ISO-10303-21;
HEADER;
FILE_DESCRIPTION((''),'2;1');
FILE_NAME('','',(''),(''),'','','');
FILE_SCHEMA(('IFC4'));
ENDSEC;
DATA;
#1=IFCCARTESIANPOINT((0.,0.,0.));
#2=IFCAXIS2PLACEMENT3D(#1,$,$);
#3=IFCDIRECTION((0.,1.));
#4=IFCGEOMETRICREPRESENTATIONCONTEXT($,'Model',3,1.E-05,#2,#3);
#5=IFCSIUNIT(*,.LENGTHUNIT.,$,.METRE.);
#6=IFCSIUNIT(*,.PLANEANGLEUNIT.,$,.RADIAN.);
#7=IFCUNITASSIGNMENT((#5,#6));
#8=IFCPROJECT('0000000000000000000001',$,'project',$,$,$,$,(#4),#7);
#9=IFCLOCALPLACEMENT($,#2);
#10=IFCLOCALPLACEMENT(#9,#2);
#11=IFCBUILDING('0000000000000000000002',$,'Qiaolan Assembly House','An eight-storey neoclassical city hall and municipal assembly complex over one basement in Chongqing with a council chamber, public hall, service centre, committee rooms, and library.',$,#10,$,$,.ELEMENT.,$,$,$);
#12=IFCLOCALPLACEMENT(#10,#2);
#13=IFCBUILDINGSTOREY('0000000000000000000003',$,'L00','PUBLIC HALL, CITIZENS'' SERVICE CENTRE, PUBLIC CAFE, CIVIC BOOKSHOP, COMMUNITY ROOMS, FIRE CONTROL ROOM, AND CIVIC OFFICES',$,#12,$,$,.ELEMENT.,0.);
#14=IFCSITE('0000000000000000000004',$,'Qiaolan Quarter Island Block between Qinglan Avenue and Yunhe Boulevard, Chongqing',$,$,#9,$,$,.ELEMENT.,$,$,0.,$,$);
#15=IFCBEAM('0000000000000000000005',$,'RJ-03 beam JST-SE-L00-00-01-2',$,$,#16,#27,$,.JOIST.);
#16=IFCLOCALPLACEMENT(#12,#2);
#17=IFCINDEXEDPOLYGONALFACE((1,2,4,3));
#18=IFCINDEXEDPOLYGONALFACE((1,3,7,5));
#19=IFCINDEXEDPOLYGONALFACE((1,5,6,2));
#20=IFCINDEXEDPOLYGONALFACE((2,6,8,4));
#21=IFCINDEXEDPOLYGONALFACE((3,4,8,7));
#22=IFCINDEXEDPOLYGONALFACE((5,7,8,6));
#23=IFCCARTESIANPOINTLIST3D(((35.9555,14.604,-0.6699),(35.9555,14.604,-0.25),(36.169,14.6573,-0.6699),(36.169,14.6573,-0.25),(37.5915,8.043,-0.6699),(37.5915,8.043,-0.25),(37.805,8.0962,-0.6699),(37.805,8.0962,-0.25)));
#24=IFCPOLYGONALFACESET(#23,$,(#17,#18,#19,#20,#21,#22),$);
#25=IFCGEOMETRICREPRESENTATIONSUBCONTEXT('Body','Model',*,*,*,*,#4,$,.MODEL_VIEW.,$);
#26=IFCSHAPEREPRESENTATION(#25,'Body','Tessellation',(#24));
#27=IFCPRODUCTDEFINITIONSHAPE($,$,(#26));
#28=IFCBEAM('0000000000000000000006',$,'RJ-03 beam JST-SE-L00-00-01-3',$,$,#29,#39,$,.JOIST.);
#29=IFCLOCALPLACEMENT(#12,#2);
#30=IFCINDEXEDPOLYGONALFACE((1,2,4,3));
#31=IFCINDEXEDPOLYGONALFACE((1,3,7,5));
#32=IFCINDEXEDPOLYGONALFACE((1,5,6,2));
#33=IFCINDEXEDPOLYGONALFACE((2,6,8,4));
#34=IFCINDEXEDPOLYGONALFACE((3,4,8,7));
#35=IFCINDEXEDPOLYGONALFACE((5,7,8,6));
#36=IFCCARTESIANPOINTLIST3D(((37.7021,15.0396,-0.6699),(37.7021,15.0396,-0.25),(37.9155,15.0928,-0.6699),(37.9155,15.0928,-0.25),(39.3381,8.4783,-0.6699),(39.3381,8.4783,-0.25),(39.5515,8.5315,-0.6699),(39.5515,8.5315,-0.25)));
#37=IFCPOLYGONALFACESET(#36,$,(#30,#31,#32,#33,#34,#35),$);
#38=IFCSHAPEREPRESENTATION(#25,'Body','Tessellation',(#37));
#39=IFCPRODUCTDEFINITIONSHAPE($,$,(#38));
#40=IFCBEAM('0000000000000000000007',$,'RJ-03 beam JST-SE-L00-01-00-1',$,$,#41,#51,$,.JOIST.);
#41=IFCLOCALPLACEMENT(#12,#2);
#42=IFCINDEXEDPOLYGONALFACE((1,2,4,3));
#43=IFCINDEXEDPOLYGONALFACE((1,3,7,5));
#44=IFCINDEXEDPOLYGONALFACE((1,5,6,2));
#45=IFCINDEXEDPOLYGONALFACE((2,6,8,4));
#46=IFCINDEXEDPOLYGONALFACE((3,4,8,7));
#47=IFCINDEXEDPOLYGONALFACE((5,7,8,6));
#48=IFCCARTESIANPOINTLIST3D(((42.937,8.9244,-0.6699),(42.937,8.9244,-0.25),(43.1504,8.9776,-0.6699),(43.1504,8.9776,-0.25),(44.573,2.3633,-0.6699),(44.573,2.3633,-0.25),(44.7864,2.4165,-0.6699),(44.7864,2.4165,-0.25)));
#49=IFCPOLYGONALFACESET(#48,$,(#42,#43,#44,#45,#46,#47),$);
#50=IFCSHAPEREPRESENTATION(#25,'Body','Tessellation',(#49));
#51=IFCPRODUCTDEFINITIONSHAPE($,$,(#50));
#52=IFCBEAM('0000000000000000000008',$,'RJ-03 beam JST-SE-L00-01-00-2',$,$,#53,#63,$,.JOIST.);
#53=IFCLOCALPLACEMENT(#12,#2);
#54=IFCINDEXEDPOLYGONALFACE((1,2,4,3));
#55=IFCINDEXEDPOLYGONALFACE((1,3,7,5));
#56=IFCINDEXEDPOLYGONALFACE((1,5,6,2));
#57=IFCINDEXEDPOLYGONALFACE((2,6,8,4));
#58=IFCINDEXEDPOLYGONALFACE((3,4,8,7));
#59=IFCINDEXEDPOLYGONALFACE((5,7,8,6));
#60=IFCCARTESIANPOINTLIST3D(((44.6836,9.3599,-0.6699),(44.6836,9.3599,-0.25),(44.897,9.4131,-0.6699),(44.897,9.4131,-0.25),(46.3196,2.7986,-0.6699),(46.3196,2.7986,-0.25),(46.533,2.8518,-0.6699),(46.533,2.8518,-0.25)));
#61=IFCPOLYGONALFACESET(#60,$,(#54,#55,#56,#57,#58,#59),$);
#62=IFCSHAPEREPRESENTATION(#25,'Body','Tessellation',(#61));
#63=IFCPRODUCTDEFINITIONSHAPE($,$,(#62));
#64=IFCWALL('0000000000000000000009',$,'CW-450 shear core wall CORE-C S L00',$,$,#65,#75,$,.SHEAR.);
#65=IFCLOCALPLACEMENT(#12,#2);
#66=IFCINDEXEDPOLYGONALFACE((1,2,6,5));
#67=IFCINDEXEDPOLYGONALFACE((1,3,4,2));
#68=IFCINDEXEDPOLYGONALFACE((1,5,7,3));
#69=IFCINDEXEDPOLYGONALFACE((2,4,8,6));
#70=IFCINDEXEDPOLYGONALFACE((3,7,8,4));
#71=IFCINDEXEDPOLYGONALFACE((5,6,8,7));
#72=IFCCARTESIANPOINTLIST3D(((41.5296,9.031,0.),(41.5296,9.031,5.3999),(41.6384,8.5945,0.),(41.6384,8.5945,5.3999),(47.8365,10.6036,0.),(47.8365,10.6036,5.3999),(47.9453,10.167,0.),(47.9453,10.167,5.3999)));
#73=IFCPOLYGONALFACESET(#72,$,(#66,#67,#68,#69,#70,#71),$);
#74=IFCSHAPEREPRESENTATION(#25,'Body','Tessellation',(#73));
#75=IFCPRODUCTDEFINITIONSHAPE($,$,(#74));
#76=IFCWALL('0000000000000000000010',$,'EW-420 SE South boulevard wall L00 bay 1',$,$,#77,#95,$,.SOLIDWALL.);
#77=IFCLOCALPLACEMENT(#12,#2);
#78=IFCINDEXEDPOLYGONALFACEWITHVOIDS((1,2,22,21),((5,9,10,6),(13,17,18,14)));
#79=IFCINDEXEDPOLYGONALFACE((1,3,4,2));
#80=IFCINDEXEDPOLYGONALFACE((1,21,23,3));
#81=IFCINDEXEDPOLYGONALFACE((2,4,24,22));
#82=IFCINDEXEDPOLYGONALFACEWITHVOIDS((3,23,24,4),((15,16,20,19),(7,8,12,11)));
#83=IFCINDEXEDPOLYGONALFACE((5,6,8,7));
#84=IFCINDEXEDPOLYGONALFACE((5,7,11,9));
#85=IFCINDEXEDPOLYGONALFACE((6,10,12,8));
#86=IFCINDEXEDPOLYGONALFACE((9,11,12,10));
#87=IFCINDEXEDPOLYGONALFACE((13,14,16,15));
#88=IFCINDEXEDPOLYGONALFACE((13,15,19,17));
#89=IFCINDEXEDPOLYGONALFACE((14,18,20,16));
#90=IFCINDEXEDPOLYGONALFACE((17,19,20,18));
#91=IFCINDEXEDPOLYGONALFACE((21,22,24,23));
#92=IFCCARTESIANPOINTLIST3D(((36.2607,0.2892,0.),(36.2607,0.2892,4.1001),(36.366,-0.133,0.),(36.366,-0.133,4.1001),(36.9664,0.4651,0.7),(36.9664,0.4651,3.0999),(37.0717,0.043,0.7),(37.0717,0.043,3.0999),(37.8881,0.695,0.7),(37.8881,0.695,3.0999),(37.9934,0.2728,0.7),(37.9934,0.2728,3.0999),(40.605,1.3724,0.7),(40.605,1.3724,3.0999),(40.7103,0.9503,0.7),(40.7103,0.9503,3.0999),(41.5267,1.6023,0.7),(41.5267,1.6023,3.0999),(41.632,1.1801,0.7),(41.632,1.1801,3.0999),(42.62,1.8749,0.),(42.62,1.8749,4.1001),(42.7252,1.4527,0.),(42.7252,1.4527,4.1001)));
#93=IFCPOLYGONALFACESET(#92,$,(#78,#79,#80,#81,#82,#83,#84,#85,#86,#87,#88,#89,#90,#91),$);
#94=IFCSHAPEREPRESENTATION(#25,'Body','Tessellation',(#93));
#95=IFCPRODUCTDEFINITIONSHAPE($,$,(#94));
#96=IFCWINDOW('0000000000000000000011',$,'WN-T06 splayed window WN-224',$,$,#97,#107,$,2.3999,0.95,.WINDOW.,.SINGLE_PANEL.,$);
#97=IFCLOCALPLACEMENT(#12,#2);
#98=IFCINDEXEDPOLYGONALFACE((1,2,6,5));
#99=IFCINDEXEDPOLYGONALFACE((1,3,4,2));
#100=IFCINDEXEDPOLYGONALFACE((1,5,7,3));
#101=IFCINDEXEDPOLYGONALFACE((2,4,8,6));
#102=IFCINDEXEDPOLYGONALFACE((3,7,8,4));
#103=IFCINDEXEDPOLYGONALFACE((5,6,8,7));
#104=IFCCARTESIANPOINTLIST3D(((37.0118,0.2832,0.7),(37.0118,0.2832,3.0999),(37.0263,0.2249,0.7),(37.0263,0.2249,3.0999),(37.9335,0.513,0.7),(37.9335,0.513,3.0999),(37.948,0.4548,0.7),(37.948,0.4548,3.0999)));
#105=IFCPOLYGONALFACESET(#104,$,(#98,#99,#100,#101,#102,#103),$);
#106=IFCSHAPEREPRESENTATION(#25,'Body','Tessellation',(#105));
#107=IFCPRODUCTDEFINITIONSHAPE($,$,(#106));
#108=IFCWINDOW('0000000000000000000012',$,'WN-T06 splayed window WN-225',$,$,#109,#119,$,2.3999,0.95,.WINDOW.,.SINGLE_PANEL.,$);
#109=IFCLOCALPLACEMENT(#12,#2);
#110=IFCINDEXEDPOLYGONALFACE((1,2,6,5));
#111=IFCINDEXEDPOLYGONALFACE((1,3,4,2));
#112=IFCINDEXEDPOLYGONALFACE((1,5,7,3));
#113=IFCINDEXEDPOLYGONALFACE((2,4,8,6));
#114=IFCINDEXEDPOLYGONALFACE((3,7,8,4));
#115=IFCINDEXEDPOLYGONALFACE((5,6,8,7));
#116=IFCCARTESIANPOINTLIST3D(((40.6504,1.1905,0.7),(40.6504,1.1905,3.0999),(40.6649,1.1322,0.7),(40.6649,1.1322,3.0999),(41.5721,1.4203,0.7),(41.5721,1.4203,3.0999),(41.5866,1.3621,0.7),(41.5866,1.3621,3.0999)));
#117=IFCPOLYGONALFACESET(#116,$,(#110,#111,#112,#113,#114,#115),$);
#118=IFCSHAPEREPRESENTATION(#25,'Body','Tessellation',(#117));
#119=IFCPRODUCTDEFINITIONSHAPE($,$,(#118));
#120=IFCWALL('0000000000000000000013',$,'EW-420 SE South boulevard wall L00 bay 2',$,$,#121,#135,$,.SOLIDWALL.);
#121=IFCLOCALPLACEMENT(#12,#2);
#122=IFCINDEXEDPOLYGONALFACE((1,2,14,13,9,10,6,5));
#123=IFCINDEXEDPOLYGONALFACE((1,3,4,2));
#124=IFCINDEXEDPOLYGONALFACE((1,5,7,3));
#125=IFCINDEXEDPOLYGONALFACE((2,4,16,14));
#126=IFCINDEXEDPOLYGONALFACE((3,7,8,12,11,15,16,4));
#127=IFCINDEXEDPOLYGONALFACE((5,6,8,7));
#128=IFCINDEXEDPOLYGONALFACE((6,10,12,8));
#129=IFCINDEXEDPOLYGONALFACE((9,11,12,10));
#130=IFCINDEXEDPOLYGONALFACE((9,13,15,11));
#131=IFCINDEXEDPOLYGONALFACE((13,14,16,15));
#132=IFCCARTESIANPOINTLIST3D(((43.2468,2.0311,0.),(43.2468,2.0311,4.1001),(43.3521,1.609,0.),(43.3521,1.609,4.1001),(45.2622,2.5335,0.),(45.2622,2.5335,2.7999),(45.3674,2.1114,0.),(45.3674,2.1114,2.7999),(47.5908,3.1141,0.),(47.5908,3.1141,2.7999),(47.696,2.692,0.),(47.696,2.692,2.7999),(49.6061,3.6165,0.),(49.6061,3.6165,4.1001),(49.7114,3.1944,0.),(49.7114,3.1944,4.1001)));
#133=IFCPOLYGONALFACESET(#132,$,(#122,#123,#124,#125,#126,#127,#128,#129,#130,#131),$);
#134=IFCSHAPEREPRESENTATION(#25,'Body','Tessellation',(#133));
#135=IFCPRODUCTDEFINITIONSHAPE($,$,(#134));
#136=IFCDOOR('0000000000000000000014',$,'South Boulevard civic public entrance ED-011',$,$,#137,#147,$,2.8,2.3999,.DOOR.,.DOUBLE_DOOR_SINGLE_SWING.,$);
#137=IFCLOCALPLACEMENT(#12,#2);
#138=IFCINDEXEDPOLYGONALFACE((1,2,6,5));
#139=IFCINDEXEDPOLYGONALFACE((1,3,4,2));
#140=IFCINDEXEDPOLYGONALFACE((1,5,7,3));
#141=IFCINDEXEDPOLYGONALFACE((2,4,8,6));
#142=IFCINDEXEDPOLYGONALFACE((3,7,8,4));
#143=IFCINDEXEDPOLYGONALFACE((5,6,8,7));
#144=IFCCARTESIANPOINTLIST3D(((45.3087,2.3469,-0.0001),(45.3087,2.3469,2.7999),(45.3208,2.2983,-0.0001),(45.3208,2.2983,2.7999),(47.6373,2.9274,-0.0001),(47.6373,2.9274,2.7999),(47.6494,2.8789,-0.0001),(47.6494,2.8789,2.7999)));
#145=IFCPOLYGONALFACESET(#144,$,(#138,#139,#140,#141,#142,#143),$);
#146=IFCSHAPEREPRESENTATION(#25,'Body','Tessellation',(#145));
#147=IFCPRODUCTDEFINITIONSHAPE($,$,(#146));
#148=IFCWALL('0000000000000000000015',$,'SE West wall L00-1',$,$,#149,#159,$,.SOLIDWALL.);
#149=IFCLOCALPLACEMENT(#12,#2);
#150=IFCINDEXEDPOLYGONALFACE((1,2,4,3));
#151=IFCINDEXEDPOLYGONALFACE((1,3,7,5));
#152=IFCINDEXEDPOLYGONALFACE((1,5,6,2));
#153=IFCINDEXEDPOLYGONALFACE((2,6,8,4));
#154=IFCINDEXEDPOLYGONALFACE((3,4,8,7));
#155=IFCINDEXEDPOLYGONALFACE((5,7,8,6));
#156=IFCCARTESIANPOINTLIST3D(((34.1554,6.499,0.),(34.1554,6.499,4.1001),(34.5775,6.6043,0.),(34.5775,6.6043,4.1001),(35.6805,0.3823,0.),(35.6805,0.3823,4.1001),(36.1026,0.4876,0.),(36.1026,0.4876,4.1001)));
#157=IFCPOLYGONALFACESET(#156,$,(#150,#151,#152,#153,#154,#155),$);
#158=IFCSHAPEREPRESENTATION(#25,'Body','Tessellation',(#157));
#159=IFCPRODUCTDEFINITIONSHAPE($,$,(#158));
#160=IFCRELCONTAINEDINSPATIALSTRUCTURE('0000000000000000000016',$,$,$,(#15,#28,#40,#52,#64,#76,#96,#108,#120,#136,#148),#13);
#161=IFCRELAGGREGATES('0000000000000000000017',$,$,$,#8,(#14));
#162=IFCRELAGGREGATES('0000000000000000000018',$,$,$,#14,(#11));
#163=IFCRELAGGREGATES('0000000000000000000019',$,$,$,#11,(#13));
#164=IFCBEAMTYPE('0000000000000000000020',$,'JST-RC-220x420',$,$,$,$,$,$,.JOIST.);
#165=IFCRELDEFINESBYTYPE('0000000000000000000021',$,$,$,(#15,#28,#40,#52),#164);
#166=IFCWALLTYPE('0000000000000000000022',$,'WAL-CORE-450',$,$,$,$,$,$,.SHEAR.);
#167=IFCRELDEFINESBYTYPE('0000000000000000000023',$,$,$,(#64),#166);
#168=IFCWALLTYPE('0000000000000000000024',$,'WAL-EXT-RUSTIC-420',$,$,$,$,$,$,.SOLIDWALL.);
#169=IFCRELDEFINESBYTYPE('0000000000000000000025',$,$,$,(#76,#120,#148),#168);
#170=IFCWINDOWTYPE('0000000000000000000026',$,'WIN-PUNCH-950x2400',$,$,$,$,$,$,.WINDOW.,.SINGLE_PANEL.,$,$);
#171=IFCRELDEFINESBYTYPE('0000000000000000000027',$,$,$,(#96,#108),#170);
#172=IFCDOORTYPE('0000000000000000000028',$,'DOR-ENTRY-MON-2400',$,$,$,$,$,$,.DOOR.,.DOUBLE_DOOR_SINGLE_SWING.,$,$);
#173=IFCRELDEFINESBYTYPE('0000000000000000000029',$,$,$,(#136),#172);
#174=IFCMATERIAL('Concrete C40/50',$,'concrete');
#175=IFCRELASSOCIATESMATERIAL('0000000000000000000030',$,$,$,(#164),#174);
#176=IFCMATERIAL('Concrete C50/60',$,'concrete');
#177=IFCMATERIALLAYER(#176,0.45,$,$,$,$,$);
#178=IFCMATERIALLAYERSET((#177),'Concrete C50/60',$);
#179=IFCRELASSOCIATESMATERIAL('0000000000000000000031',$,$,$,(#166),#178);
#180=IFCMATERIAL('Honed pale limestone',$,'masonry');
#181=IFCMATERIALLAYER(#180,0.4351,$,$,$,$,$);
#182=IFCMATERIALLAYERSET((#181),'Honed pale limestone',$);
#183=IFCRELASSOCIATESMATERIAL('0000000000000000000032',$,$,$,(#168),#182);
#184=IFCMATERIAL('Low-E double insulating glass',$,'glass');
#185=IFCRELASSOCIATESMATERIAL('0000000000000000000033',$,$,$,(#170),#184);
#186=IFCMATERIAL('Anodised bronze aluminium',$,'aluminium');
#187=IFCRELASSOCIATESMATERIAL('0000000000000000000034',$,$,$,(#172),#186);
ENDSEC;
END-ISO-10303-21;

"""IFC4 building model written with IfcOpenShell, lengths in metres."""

from ifc_helpers import new_model, si_unit, direction, frame, frame_2d, origin, origin_2d, place, context, subcontext, project, spatial, rectangle, extrude, material, layer, layer_set, material_profile, profile_set, type_object, element, fill, save


model = new_model("IFC4")

# Units and contexts
model_context = context("Model", 3, precision=1e-05, world=origin(), true_north=direction((0.0, 1.0)))
body_context = subcontext(model_context, "Body", "Model", "MODEL_VIEW")
ifc_project = project(units=[si_unit("LENGTHUNIT", "METRE"), si_unit("PLANEANGLEUNIT", "RADIAN")], contexts=[model_context])

# Site, building, storey
site_placement = place(None, origin())
site = spatial("IfcSite", under=ifc_project, at=site_placement, Name="Qiaolan Quarter Island Block between Qinglan Avenue and Yunhe Boulevard, Chongqing", CompositionType="ELEMENT", RefElevation=0.0)
building_placement = place(site_placement, origin())
building = spatial("IfcBuilding", under=site, at=building_placement, Name="Qiaolan Assembly House", Description="An eight-storey neoclassical city hall and municipal assembly complex over one basement in Chongqing with a council chamber, public hall, service centre, committee rooms, and library.", CompositionType="ELEMENT")
storey_placement = place(building_placement, origin())
storey = spatial("IfcBuildingStorey", under=building, at=storey_placement, Name="L00", Description="PUBLIC HALL, CITIZENS' SERVICE CENTRE, PUBLIC CAFE, CIVIC BOOKSHOP, COMMUNITY ROOMS, FIRE CONTROL ROOM, AND CIVIC OFFICES", CompositionType="ELEMENT", Elevation=0.0)

# Shared definitions
ifc_material_1 = material(Name="Concrete C50/60", Category="concrete")

# Beams
ifc_material_2 = material(Name="Concrete C40/50", Category="concrete")
ifc_material_profile_1 = material_profile(ifc_material_2, rectangle(XDim=0.22, YDim=0.4199, at=origin_2d()), Name="RCB 220x420")
ifc_profile_set_1 = profile_set([ifc_material_profile_1], Name="Concrete C40/50")
beam_type_1 = type_object("IfcBeamType", Name="JST-RC-220x420", PredefinedType="JOIST", material=ifc_profile_set_1)
beam_1_placement = place(storey_placement, frame((37.6982, 8.0696, -0.46), z_axis=(-0.241941, 0.970291, 0.0), x_axis=(-0.970291, -0.241941, 0.0)))
element("IfcBeam", 1, at=beam_1_placement, inside=storey, type_object=beam_type_1, Name="RJ-03 beam JST-SE-L00-00-01-2", PredefinedType="JOIST", context=body_context, shape_type="SweptSolid", body=[
    extrude(rectangle(XDim=0.22, YDim=0.4199, at=origin_2d()), origin(), (0.0, 0.0, 1.0), 6.762),
])
beam_2_placement = place(storey_placement, frame((39.4448, 8.5049, -0.46), z_axis=(-0.241932, 0.970293, 0.0), x_axis=(-0.970293, -0.241932, 0.0)))
element("IfcBeam", 2, at=beam_2_placement, inside=storey, type_object=beam_type_1, Name="RJ-03 beam JST-SE-L00-00-01-3", PredefinedType="JOIST", context=body_context, shape_type="SweptSolid", body=[
    extrude(rectangle(XDim=0.22, YDim=0.4199, at=origin_2d()), origin(), (0.0, 0.0, 1.0), 6.7622),
])
beam_3_placement = place(storey_placement, frame((44.6797, 2.3899, -0.46), z_axis=(-0.241941, 0.970291, 0.0), x_axis=(-0.970291, -0.241941, 0.0)))
element("IfcBeam", 3, at=beam_3_placement, inside=storey, type_object=beam_type_1, Name="RJ-03 beam JST-SE-L00-01-00-1", PredefinedType="JOIST", context=body_context, shape_type="SweptSolid", body=[
    extrude(rectangle(XDim=0.22, YDim=0.4199, at=origin_2d()), origin(), (0.0, 0.0, 1.0), 6.762),
])
beam_4_placement = place(storey_placement, frame((46.4263, 2.8252, -0.46), z_axis=(-0.241932, 0.970293, 0.0), x_axis=(-0.970293, -0.241932, 0.0)))
element("IfcBeam", 4, at=beam_4_placement, inside=storey, type_object=beam_type_1, Name="RJ-03 beam JST-SE-L00-01-00-2", PredefinedType="JOIST", context=body_context, shape_type="SweptSolid", body=[
    extrude(rectangle(XDim=0.22, YDim=0.4199, at=origin_2d()), origin(), (0.0, 0.0, 1.0), 6.7622),
])

# Wall
ifc_layer_1 = layer(ifc_material_1, 0.45)
ifc_layer_set_1 = layer_set([ifc_layer_1], Name="Concrete C50/60")
wall_type_1 = type_object("IfcWallType", Name="WAL-CORE-450", PredefinedType="SHEAR", material=ifc_layer_set_1)
wall_1_placement = place(storey_placement, frame((41.584, 8.8127, 0.0), z_axis=(0.0, 0.0, 1.0), x_axis=(0.970295, 0.241926, 0.0)))
element("IfcWall", 5, at=wall_1_placement, inside=storey, type_object=wall_type_1, Name="CW-450 shear core wall CORE-C S L00", PredefinedType="SHEAR", context=body_context, shape_type="SweptSolid", body=[
    extrude(rectangle(XDim=6.5, YDim=0.45, at=frame_2d((3.25, 0.0))), origin(), (0.0, 0.0, 1.0), 5.3999),
])

# Wall, openings, windows
ifc_material_3 = material(Name="Honed pale limestone", Category="masonry")
ifc_layer_2 = layer(ifc_material_3, 0.4351)
ifc_layer_set_2 = layer_set([ifc_layer_2], Name="Honed pale limestone")
wall_type_2 = type_object("IfcWallType", Name="WAL-EXT-RUSTIC-420", PredefinedType="SOLIDWALL", material=ifc_layer_set_2)
wall_2_placement = place(storey_placement, frame((36.3135, 0.0781, 0.0), z_axis=(0.0, 0.0, 1.0), x_axis=(0.970289, 0.241948, 0.0)))
wall_2 = element("IfcWall", 6, at=wall_2_placement, inside=storey, type_object=wall_type_2, Name="EW-420 SE South boulevard wall L00 bay 1", PredefinedType="SOLIDWALL", context=body_context, shape_type="SweptSolid", body=[
    extrude(rectangle(XDim=6.554, YDim=0.4351, at=frame_2d((3.2769, 0.0))), origin(), (0.0, 0.0, 1.0), 4.1001),
])
opening_1_placement = place(wall_2_placement, frame((0.7271, 0.0, 0.7)))
opening_1 = element("IfcOpeningElement", 7, at=opening_1_placement, cuts=wall_2, PredefinedType="OPENING", context=body_context, shape_type="SweptSolid", body=[
    extrude(rectangle(XDim=0.95, YDim=2.3999, at=frame_2d((0.4751, 1.2))), frame((0.0, 0.2275, 0.0), z_axis=(0.0, -1.0, 0.0), x_axis=(1.0, 0.0, 0.0)), (0.0, 0.0, 1.0), 0.4551),
])
opening_2_placement = place(wall_2_placement, frame((4.4771, 0.0, 0.7)))
opening_2 = element("IfcOpeningElement", 8, at=opening_2_placement, cuts=wall_2, PredefinedType="OPENING", context=body_context, shape_type="SweptSolid", body=[
    extrude(rectangle(XDim=0.95, YDim=2.3999, at=frame_2d((0.4751, 1.2))), frame((0.0, 0.2275, 0.0), z_axis=(0.0, -1.0, 0.0), x_axis=(1.0, 0.0, 0.0)), (0.0, 0.0, 1.0), 0.4551),
])
ifc_material_4 = material(Name="Low-E double insulating glass", Category="glass")
window_type = type_object("IfcWindowType", Name="WIN-PUNCH-950x2400", PartitioningType="SINGLE_PANEL", PredefinedType="WINDOW", material=ifc_material_4)
window_1_placement = place(opening_1_placement, origin())
window_1 = element("IfcWindow", 9, at=window_1_placement, inside=storey, type_object=window_type, Name="WN-T06 splayed window WN-224", OverallHeight=2.3999, OverallWidth=0.95, PartitioningType="SINGLE_PANEL", PredefinedType="WINDOW", context=body_context, shape_type="SweptSolid", body=[
    extrude(rectangle(XDim=0.95, YDim=2.3999, at=frame_2d((0.4751, 1.2))), frame((0.0, 0.03, 0.0), z_axis=(0.0, -1.0, 0.0), x_axis=(1.0, 0.0, 0.0)), (0.0, 0.0, 1.0), 0.0601),
])
fill(opening_1, window_1)
window_2_placement = place(opening_2_placement, origin())
window_2 = element("IfcWindow", 10, at=window_2_placement, inside=storey, type_object=window_type, Name="WN-T06 splayed window WN-225", OverallHeight=2.3999, OverallWidth=0.95, PartitioningType="SINGLE_PANEL", PredefinedType="WINDOW", context=body_context, shape_type="SweptSolid", body=[
    extrude(rectangle(XDim=0.95, YDim=2.3999, at=frame_2d((0.4751, 1.2))), frame((0.0, 0.03, 0.0), z_axis=(0.0, -1.0, 0.0), x_axis=(1.0, 0.0, 0.0)), (0.0, 0.0, 1.0), 0.0601),
])
fill(opening_2, window_2)

# Wall, opening, door
wall_3_placement = place(storey_placement, frame((43.2996, 1.8201, 0.0), z_axis=(0.0, 0.0, 1.0), x_axis=(0.9703, 0.241905, 0.0)))
wall_3 = element("IfcWall", 11, at=wall_3_placement, inside=storey, type_object=wall_type_2, Name="EW-420 SE South boulevard wall L00 bay 2", PredefinedType="SOLIDWALL", context=body_context, shape_type="SweptSolid", body=[
    extrude(rectangle(XDim=6.554, YDim=0.4351, at=frame_2d((3.2769, 0.0))), origin(), (0.0, 0.0, 1.0), 4.1001),
])
opening_3_placement = place(wall_3_placement, frame((2.0769, 0.0, 0.0)))
opening_3 = element("IfcOpeningElement", 12, at=opening_3_placement, cuts=wall_3, PredefinedType="OPENING", context=body_context, shape_type="SweptSolid", body=[
    extrude(rectangle(XDim=2.3999, YDim=2.8, at=frame_2d((1.2, 1.3999))), frame((0.0, 0.2275, 0.0), z_axis=(0.0, -1.0, 0.0), x_axis=(1.0, 0.0, 0.0)), (0.0, 0.0, 1.0), 0.4551),
])
ifc_material_5 = material(Name="Anodised bronze aluminium", Category="aluminium")
door_type_1 = type_object("IfcDoorType", Name="DOR-ENTRY-MON-2400", OperationType="DOUBLE_DOOR_SINGLE_SWING", PredefinedType="DOOR", material=ifc_material_5)
door_1_placement = place(opening_3_placement, frame((2.3999, 0.0, 0.0), z_axis=(0.0, 0.0, 1.0), x_axis=(-1.0, 0.0, 0.0)))
door_1 = element("IfcDoor", 13, at=door_1_placement, inside=storey, type_object=door_type_1, Name="South Boulevard civic public entrance ED-011", OperationType="DOUBLE_DOOR_SINGLE_SWING", OverallHeight=2.8, OverallWidth=2.3999, PredefinedType="DOOR", context=body_context, shape_type="SweptSolid", body=[
    extrude(rectangle(XDim=2.3999, YDim=2.8, at=frame_2d((1.2, 1.3999))), frame((0.0, 0.0249, 0.0), z_axis=(0.0, -1.0, 0.0), x_axis=(1.0, 0.0, 0.0)), (0.0, 0.0, 1.0), 0.05),
])
fill(opening_3, door_1)

# Wall
wall_4_placement = place(storey_placement, frame((34.3665, 6.5515, 0.0), z_axis=(0.0, 0.0, 1.0), x_axis=(0.241934, -0.970293, 0.0)))
element("IfcWall", 14, at=wall_4_placement, inside=storey, type_object=wall_type_2, Name="SE West wall L00-1", PredefinedType="SOLIDWALL", context=body_context, shape_type="SweptSolid", body=[
    extrude(rectangle(XDim=6.304, YDim=0.4351, at=frame_2d((3.1519, 0.0))), origin(), (0.0, 0.0, 1.0), 4.1001),
])

save(model, "model.ifc")
